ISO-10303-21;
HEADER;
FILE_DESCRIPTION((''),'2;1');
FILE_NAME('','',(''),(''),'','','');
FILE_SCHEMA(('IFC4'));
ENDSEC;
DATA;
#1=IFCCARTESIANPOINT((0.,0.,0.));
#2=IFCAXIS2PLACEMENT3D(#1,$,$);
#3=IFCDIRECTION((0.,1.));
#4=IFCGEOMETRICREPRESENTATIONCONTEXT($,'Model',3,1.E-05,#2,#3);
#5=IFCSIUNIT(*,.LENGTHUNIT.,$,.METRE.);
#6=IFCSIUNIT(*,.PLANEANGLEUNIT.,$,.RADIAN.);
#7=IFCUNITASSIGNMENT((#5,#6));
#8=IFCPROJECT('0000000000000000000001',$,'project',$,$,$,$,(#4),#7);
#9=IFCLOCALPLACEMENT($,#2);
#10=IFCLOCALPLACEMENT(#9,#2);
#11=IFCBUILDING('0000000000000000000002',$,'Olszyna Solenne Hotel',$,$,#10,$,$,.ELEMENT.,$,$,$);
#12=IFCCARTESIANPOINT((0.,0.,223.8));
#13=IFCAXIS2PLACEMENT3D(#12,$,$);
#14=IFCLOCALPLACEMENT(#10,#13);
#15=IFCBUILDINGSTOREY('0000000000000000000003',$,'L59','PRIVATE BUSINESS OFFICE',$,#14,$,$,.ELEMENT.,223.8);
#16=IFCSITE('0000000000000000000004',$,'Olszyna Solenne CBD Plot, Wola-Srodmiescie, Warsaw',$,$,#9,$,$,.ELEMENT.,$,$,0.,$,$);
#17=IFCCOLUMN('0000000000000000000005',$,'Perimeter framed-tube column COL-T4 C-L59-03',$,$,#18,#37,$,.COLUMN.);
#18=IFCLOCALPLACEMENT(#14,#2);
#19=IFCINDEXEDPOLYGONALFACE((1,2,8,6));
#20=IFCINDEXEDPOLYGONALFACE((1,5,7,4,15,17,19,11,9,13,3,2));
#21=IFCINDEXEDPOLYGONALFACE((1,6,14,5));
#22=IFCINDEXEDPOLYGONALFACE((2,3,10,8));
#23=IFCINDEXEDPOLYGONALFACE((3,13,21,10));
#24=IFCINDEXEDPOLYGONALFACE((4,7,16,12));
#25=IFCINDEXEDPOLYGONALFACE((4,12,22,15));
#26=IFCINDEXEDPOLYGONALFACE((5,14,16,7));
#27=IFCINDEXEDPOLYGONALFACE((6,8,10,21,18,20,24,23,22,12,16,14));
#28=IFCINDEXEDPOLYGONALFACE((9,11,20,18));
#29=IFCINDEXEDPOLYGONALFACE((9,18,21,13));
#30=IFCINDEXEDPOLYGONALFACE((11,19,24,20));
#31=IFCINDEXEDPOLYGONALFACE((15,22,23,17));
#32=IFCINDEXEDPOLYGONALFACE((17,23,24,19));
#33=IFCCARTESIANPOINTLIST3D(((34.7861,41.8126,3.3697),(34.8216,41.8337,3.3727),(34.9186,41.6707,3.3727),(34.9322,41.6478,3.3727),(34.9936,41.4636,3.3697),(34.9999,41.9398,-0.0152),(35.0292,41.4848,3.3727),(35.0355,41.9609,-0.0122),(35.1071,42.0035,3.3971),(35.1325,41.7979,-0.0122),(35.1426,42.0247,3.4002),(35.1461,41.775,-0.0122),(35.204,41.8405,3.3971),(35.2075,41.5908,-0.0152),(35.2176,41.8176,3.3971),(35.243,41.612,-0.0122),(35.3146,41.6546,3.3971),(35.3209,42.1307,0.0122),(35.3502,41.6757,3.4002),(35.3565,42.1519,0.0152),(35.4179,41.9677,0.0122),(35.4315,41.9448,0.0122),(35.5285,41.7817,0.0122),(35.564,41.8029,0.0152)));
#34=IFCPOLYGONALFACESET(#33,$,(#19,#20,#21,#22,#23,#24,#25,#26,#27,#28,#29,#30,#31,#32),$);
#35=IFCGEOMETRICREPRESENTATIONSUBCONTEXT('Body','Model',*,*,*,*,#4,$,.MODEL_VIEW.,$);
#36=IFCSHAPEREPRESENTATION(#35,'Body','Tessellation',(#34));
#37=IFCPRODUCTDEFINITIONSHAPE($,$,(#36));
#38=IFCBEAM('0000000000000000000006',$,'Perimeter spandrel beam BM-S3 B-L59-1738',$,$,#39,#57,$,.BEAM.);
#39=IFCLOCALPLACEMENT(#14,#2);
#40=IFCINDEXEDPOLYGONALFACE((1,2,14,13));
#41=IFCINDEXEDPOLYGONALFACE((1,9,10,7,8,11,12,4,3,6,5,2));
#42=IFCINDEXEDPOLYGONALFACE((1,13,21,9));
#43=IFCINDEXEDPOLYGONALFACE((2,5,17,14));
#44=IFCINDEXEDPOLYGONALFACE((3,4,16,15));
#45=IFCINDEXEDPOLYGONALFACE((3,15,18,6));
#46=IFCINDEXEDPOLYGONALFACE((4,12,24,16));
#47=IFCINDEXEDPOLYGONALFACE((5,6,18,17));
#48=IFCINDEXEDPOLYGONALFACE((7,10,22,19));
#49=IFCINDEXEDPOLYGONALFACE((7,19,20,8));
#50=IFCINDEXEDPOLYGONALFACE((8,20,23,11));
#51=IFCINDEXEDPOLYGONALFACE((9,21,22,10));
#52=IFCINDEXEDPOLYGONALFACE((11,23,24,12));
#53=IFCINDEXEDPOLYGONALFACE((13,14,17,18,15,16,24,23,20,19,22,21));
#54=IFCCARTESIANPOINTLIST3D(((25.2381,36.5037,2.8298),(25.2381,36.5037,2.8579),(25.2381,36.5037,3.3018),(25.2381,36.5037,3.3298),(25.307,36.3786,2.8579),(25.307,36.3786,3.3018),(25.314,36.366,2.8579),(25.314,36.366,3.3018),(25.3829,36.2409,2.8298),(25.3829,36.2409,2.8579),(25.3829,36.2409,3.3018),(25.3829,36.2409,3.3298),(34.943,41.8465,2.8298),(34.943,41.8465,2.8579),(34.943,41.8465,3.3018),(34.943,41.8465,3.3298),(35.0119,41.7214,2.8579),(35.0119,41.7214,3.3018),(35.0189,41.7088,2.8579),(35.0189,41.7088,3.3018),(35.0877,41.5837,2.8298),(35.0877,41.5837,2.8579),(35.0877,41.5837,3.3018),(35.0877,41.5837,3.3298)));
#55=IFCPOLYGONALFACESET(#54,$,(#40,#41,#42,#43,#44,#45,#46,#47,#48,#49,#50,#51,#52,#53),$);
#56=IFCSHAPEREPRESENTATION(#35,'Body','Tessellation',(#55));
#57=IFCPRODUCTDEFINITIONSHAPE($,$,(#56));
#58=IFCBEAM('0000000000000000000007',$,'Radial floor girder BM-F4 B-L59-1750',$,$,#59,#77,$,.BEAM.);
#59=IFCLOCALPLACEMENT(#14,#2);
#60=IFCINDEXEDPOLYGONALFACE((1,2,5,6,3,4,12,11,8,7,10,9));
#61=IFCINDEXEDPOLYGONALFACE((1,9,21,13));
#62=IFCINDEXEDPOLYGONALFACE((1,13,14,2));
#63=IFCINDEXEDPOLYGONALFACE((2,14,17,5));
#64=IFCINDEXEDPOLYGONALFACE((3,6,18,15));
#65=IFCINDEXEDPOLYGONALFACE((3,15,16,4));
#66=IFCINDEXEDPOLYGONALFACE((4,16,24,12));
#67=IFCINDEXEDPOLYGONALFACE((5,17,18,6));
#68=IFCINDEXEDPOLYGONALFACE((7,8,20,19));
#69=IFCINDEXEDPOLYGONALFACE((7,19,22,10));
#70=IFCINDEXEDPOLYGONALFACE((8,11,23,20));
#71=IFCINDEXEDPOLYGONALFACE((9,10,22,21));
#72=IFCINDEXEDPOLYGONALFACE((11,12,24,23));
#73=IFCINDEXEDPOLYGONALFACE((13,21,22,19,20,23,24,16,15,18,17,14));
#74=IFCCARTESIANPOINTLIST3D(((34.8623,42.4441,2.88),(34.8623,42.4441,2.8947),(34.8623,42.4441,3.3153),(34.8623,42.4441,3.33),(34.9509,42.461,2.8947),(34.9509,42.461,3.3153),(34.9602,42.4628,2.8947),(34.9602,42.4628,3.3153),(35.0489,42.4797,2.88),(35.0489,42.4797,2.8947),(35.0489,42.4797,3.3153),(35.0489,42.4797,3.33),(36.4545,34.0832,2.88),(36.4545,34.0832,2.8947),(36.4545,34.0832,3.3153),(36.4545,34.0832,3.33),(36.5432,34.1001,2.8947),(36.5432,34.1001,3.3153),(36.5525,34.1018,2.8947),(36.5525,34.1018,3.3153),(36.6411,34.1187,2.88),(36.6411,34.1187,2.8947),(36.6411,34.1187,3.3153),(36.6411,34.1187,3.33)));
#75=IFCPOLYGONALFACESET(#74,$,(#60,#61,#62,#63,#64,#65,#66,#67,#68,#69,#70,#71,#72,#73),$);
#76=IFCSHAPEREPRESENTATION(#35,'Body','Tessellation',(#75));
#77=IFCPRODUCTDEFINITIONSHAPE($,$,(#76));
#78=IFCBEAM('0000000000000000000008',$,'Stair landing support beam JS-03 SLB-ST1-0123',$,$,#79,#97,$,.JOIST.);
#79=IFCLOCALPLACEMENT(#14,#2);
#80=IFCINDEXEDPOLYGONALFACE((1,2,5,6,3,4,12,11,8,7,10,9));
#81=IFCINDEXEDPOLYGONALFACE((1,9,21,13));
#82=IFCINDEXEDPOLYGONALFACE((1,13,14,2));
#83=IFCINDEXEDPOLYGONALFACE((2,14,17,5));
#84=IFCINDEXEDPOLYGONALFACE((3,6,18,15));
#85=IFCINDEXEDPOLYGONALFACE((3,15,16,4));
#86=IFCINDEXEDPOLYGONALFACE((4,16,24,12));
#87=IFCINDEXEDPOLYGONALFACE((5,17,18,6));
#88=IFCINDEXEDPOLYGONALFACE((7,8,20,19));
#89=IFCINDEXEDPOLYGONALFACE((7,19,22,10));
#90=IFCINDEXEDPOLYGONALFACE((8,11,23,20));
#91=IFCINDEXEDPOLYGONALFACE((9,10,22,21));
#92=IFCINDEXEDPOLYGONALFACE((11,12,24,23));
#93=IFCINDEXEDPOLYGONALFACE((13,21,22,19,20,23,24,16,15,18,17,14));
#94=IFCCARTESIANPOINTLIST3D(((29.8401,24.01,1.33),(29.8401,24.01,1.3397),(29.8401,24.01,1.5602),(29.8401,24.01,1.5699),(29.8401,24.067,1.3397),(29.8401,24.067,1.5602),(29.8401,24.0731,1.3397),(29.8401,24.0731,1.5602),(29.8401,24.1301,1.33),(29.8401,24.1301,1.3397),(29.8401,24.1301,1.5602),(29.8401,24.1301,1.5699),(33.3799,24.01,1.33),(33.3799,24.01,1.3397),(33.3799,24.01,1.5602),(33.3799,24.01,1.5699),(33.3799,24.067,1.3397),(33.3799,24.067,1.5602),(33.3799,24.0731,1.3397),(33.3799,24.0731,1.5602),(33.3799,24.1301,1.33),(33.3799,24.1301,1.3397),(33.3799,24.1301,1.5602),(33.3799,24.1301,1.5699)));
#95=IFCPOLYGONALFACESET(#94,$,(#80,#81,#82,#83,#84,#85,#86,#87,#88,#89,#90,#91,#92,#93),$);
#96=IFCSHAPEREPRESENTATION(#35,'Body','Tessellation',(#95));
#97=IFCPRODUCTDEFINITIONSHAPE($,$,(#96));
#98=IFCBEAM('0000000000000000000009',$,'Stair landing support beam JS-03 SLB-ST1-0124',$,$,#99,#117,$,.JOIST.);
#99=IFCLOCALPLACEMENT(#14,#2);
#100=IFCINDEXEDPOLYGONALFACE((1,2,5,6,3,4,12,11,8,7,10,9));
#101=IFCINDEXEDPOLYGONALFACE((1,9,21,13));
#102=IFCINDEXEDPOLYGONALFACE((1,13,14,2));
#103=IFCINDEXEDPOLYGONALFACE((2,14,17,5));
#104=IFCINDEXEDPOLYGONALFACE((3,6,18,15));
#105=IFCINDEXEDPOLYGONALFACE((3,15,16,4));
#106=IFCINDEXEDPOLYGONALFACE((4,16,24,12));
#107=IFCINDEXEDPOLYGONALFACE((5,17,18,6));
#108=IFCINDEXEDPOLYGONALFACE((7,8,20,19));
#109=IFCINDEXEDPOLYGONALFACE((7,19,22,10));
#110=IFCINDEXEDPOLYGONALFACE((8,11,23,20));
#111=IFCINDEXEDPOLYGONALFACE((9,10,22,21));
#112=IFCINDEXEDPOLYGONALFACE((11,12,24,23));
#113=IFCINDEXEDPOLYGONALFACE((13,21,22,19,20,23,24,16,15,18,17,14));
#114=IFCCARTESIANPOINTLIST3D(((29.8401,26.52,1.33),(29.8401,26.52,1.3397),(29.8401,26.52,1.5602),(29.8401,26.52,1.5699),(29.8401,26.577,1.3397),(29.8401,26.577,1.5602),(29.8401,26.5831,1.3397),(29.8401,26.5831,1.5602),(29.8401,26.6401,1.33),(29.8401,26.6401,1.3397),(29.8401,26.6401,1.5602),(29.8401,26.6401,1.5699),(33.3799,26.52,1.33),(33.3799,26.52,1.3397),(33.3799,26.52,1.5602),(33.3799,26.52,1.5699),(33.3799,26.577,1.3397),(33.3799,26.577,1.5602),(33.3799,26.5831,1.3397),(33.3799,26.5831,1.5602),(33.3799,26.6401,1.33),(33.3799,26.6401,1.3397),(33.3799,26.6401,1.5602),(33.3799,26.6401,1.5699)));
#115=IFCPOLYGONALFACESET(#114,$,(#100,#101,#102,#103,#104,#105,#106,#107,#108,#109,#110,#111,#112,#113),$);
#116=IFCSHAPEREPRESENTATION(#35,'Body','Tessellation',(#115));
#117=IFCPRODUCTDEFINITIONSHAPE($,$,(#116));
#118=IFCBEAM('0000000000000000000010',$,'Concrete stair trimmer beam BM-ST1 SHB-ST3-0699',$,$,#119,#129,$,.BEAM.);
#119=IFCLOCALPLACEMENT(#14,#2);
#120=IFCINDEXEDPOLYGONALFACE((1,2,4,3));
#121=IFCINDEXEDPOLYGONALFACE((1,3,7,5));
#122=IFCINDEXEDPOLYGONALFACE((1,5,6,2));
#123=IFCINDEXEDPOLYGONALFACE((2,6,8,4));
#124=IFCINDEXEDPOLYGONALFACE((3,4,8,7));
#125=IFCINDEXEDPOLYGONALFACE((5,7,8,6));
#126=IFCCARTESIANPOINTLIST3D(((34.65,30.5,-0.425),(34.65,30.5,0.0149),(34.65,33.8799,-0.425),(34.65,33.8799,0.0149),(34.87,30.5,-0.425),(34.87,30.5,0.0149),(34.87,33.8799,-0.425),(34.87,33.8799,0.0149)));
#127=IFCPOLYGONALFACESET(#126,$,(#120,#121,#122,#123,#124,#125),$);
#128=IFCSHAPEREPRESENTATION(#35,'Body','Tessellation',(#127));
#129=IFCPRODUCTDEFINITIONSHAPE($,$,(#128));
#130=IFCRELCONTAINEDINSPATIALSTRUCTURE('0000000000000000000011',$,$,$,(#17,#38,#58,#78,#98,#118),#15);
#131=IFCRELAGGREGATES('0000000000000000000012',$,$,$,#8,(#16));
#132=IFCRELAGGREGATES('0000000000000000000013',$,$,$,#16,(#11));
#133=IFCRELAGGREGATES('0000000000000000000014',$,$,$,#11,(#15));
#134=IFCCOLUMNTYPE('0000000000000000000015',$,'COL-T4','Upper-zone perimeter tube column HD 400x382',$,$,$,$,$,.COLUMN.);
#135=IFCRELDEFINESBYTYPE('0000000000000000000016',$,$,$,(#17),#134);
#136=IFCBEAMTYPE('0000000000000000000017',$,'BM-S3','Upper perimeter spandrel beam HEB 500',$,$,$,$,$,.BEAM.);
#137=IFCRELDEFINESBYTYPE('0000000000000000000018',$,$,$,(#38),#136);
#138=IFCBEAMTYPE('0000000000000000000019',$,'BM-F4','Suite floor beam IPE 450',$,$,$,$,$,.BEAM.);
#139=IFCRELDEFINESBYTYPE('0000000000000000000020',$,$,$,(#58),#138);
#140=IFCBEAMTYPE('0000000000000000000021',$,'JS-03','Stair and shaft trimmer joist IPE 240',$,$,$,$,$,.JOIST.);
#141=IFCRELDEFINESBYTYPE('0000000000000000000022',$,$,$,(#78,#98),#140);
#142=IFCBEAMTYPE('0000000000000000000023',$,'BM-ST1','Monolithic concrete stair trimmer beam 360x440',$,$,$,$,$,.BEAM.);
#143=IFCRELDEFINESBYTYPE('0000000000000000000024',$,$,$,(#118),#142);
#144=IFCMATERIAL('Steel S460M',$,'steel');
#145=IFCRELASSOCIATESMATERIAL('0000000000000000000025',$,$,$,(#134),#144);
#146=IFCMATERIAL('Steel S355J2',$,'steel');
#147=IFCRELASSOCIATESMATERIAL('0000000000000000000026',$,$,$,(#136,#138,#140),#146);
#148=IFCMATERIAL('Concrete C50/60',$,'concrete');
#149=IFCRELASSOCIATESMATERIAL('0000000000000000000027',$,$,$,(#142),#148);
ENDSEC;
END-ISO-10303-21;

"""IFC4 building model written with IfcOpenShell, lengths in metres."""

from ifc_helpers import new_model, si_unit, direction, frame, origin, origin_2d, place, context, subcontext, project, spatial, rectangle, i_section, extrude, source, transform, mapped, material, material_profile, profile_set, type_object, element, save


model = new_model("IFC4")

# Units and contexts
model_context = context("Model", 3, precision=1e-05, world=origin(), true_north=direction((0.0, 1.0)))
body_context = subcontext(model_context, "Body", "Model", "MODEL_VIEW")
ifc_project = project(units=[si_unit("LENGTHUNIT", "METRE"), si_unit("PLANEANGLEUNIT", "RADIAN")], contexts=[model_context])

# Site, building, storey
site_placement = place(None, origin())
site = spatial("IfcSite", under=ifc_project, at=site_placement, Name="Olszyna Solenne CBD Plot, Wola-Srodmiescie, Warsaw", CompositionType="ELEMENT", RefElevation=0.0)
building_placement = place(site_placement, origin())
building = spatial("IfcBuilding", under=site, at=building_placement, Name="Olszyna Solenne Hotel", CompositionType="ELEMENT")
storey_placement = place(building_placement, frame((0.0, 0.0, 223.8)))
storey = spatial("IfcBuildingStorey", under=building, at=storey_placement, Name="L59", Description="PRIVATE BUSINESS OFFICE", CompositionType="ELEMENT", Elevation=223.8)

# Column
ifc_material_1 = material(Name="Steel S460M", Category="steel")
ifc_material_profile_1 = material_profile(ifc_material_1, i_section(OverallWidth=0.406, OverallDepth=0.416, WebThickness=0.0266, FlangeThickness=0.0415, at=origin_2d()), Name="HD 400x382", Category="load-bearing")
ifc_profile_set_1 = profile_set([ifc_material_profile_1], Name="Steel S460M")
column_type = type_object("IfcColumnType", Name="COL-T4", Description="Upper-zone perimeter tube column HD 400x382", PredefinedType="COLUMN", material=ifc_profile_set_1)
shared_shape_1 = source(origin(), body_context, "Body", "SweptSolid", [
    extrude(i_section(OverallWidth=0.406, OverallDepth=0.416, WebThickness=0.0266, FlangeThickness=0.0415, at=origin_2d()), origin(), (0.0, 0.0, 1.0), 3.394),
])
column_placement = place(storey_placement, frame((35.282, 41.8713, 0.0), z_axis=(-0.063011, -0.037476, 0.997309), x_axis=(0.511173, -0.859478, 0.0)))
element("IfcColumn", 1, at=column_placement, inside=storey, type_object=column_type, Name="Perimeter framed-tube column COL-T4 C-L59-03", PredefinedType="COLUMN", context=body_context, shape_type="MappedRepresentation", body=[
    mapped(shared_shape_1, transform((0.0, 0.0, 0.0), x_axis=(1.0, 0.0, 0.0), y_axis=(0.0, 1.0, 0.0), z_axis=(0.0, 0.0, 1.0), scale=1.0)),
])

# Beams
ifc_material_2 = material(Name="Steel S355J2", Category="steel")
ifc_material_profile_2 = material_profile(ifc_material_2, i_section(OverallWidth=0.3, OverallDepth=0.5, WebThickness=0.0144, FlangeThickness=0.0281, at=origin_2d()), Name="HEB 500", Category="load-bearing")
ifc_profile_set_2 = profile_set([ifc_material_profile_2], Name="Steel S355J2")
beam_type_1 = type_object("IfcBeamType", Name="BM-S3", Description="Upper perimeter spandrel beam HEB 500", PredefinedType="BEAM", material=ifc_profile_set_2)
shared_shape_2 = source(origin(), body_context, "Body", "SweptSolid", [
    extrude(i_section(OverallWidth=0.3, OverallDepth=0.5, WebThickness=0.0144, FlangeThickness=0.0281, at=origin_2d()), origin(), (0.0, 0.0, 1.0), 11.0784),
])
beam_1_placement = place(storey_placement, frame((35.0154, 41.7151, 3.0798), z_axis=(-0.876021, -0.482273, 0.0), x_axis=(0.482273, -0.876021, 0.0)))
element("IfcBeam", 2, at=beam_1_placement, inside=storey, type_object=beam_type_1, Name="Perimeter spandrel beam BM-S3 B-L59-1738", PredefinedType="BEAM", context=body_context, shape_type="MappedRepresentation", body=[
    mapped(shared_shape_2, transform((0.0, 0.0, 0.0), x_axis=(1.0, 0.0, 0.0), y_axis=(0.0, 1.0, 0.0), z_axis=(0.0, 0.0, 1.0), scale=1.0)),
])
ifc_material_profile_3 = material_profile(ifc_material_2, i_section(OverallWidth=0.1899, OverallDepth=0.45, WebThickness=0.0095, FlangeThickness=0.0146, at=origin_2d()), Name="IPE 450", Category="load-bearing")
ifc_profile_set_3 = profile_set([ifc_material_profile_3], Name="Steel S355J2")
beam_type_2 = type_object("IfcBeamType", Name="BM-F4", Description="Suite floor beam IPE 450", PredefinedType="BEAM", material=ifc_profile_set_3)
shared_shape_3 = source(origin(), body_context, "Body", "SweptSolid", [
    extrude(i_section(OverallWidth=0.1899, OverallDepth=0.45, WebThickness=0.0095, FlangeThickness=0.0146, at=origin_2d()), origin(), (0.0, 0.0, 1.0), 8.5112),
])
beam_2_placement = place(storey_placement, frame((34.9556, 42.4619, 3.105), z_axis=(0.187078, -0.982345, 0.0), x_axis=(0.982345, 0.187078, 0.0)))
element("IfcBeam", 3, at=beam_2_placement, inside=storey, type_object=beam_type_2, Name="Radial floor girder BM-F4 B-L59-1750", PredefinedType="BEAM", context=body_context, shape_type="MappedRepresentation", body=[
    mapped(shared_shape_3, transform((0.0, 0.0, 0.0), x_axis=(1.0, 0.0, 0.0), y_axis=(0.0, 1.0, 0.0), z_axis=(0.0, 0.0, 1.0), scale=1.0)),
])
ifc_material_profile_4 = material_profile(ifc_material_2, i_section(OverallWidth=0.1201, OverallDepth=0.24, WebThickness=0.0061, FlangeThickness=0.0098, at=origin_2d()), Name="IPE 240", Category="load-bearing")
ifc_profile_set_4 = profile_set([ifc_material_profile_4], Name="Steel S355J2")
beam_type_3 = type_object("IfcBeamType", Name="JS-03", Description="Stair and shaft trimmer joist IPE 240", PredefinedType="JOIST", material=ifc_profile_set_4)
shared_shape_4 = source(origin(), body_context, "Body", "SweptSolid", [
    extrude(i_section(OverallWidth=0.1201, OverallDepth=0.24, WebThickness=0.0061, FlangeThickness=0.0098, at=origin_2d()), origin(), (0.0, 0.0, 1.0), 3.5398),
])
for number, where, z_axis, x_axis, name in (
    (4, (33.3799, 24.0701, 1.45), (-1.0, 0.0, 0.0), (0.0, -1.0, 0.0), "Stair landing support beam JS-03 SLB-ST1-0123"),
    (5, (33.3799, 26.5801, 1.45), (-1.0, 0.0, 0.0), (0.0, -1.0, 0.0), "Stair landing support beam JS-03 SLB-ST1-0124"),
):
    element("IfcBeam", number, at=place(storey_placement, frame(where, z_axis=z_axis, x_axis=x_axis)), inside=storey, type_object=beam_type_3, Name=name, PredefinedType="JOIST", context=body_context, shape_type="MappedRepresentation", body=[
        mapped(shared_shape_4, transform((0.0, 0.0, 0.0), x_axis=(1.0, 0.0, 0.0), y_axis=(0.0, 1.0, 0.0), z_axis=(0.0, 0.0, 1.0), scale=1.0)),
    ])
ifc_material_3 = material(Name="Concrete C50/60", Category="concrete")
ifc_material_profile_5 = material_profile(ifc_material_3, rectangle(XDim=0.22, YDim=0.4399, at=origin_2d()), Name="RC 220x440", Category="load-bearing")
ifc_profile_set_5 = profile_set([ifc_material_profile_5], Name="Concrete C50/60")
beam_type_4 = type_object("IfcBeamType", Name="BM-ST1", Description="Monolithic concrete stair trimmer beam 360x440", PredefinedType="BEAM", material=ifc_profile_set_5)
shared_shape_5 = source(origin(), body_context, "Body", "SweptSolid", [
    extrude(rectangle(XDim=0.22, YDim=0.4399, at=origin_2d()), origin(), (0.0, 0.0, 1.0), 3.3799),
])
beam_3_placement = place(storey_placement, frame((34.76, 30.5, -0.2051), z_axis=(0.0, 1.0, 0.0), x_axis=(-1.0, 0.0, 0.0)))
element("IfcBeam", 6, at=beam_3_placement, inside=storey, type_object=beam_type_4, Name="Concrete stair trimmer beam BM-ST1 SHB-ST3-0699", PredefinedType="BEAM", context=body_context, shape_type="MappedRepresentation", body=[
    mapped(shared_shape_5, transform((0.0, 0.0, 0.0), x_axis=(1.0, 0.0, 0.0), y_axis=(0.0, 1.0, 0.0), z_axis=(0.0, 0.0, 1.0), scale=1.0)),
])

save(model, "model.ifc")
